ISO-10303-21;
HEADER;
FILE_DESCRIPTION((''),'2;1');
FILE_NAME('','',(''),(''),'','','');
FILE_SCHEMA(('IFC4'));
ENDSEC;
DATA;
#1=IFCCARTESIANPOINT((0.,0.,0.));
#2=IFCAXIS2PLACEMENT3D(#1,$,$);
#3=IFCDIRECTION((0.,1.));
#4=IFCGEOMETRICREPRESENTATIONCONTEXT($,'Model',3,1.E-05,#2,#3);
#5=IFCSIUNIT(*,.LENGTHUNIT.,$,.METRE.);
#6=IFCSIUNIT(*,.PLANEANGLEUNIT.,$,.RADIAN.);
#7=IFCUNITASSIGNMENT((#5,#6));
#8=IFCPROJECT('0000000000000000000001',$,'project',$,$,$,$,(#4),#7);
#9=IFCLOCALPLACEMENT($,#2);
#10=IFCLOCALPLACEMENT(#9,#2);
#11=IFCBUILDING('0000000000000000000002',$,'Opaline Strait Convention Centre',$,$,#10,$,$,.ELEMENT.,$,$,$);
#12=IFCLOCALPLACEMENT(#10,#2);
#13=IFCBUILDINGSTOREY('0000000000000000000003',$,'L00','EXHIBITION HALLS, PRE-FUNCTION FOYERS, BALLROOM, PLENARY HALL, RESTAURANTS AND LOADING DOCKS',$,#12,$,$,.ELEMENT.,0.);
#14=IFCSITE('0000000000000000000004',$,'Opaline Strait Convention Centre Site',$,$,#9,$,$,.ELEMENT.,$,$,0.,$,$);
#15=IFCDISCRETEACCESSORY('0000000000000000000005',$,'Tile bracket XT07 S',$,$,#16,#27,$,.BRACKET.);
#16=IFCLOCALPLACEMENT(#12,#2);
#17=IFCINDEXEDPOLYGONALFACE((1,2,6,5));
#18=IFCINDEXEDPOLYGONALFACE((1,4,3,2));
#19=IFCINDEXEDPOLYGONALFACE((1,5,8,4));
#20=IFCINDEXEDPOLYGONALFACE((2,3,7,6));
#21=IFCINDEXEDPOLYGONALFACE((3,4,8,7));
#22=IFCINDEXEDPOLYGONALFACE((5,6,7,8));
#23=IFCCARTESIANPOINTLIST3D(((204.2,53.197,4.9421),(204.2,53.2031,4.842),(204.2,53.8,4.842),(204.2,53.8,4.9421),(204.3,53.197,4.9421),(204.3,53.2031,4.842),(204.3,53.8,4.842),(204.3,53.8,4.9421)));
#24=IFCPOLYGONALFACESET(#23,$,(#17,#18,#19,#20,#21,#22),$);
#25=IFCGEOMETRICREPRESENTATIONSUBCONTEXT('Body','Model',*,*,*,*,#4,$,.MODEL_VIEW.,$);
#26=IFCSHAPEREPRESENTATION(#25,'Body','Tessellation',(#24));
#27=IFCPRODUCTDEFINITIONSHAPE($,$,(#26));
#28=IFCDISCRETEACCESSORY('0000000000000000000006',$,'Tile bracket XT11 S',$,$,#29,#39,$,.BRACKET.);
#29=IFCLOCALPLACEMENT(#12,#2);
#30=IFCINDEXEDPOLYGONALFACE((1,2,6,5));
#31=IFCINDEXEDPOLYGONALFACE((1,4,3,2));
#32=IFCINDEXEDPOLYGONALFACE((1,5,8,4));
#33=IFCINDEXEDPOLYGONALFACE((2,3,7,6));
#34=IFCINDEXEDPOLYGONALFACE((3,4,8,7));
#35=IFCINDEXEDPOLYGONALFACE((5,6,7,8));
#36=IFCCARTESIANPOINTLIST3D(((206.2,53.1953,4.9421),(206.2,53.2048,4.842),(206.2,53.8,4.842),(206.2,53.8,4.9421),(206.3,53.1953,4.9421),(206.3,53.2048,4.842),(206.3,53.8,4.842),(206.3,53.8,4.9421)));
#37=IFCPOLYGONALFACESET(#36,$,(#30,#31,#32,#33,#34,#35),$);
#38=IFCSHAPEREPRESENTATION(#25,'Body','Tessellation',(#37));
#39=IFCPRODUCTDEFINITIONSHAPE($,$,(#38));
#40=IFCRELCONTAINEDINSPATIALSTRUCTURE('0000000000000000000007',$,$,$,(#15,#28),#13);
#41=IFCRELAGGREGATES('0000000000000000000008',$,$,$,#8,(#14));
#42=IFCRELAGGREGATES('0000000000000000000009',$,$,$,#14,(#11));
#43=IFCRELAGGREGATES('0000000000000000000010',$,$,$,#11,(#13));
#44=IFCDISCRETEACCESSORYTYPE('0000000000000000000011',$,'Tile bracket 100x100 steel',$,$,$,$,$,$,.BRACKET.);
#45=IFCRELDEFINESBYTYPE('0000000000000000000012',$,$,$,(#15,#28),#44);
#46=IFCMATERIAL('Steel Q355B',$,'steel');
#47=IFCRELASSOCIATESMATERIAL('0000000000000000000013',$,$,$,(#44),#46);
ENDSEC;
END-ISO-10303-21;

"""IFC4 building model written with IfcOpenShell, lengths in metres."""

from ifc_helpers import new_model, si_unit, direction, frame, origin, place, context, subcontext, project, spatial, polyline, outline, extrude, material, type_object, element, save


model = new_model("IFC4")

# Units and contexts
model_context = context("Model", 3, precision=1e-05, world=origin(), true_north=direction((0.0, 1.0)))
body_context = subcontext(model_context, "Body", "Model", "MODEL_VIEW")
ifc_project = project(units=[si_unit("LENGTHUNIT", "METRE"), si_unit("PLANEANGLEUNIT", "RADIAN")], contexts=[model_context])

# Site, building, storey
site_placement = place(None, origin())
site = spatial("IfcSite", under=ifc_project, at=site_placement, Name="Opaline Strait Convention Centre Site", CompositionType="ELEMENT", RefElevation=0.0)
building_placement = place(site_placement, origin())
building = spatial("IfcBuilding", under=site, at=building_placement, Name="Opaline Strait Convention Centre", CompositionType="ELEMENT")
storey_placement = place(building_placement, origin())
storey = spatial("IfcBuildingStorey", under=building, at=storey_placement, Name="L00", Description="EXHIBITION HALLS, PRE-FUNCTION FOYERS, BALLROOM, PLENARY HALL, RESTAURANTS AND LOADING DOCKS", CompositionType="ELEMENT", Elevation=0.0)

# Shared definitions
ifc_material_1 = material(Name="Steel Q355B", Category="steel")

# Discrete accessories
discrete_accessory_type = type_object("IfcDiscreteAccessoryType", Name="Tile bracket 100x100 steel", PredefinedType="BRACKET", material=ifc_material_1)
discrete_accessory_1_placement = place(storey_placement, frame((204.2, 53.8, 4.8921), z_axis=(1.0, 0.0, 0.0), x_axis=(0.0, 1.0, 0.0)))
element("IfcDiscreteAccessory", 1, at=discrete_accessory_1_placement, inside=storey, type_object=discrete_accessory_type, Name="Tile bracket XT07 S", PredefinedType="BRACKET", context=body_context, shape_type="SweptSolid", body=[
    extrude(outline(polyline([(0.0, -0.05), (0.0, 0.05), (-0.603, 0.05), (-0.5969, -0.05), (0.0, -0.05)])), origin(), (0.0, 0.0, 1.0), 0.1001),
])
discrete_accessory_2_placement = place(storey_placement, frame((206.2, 53.8, 4.8921), z_axis=(1.0, 0.0, 0.0), x_axis=(0.0, 1.0, 0.0)))
element("IfcDiscreteAccessory", 2, at=discrete_accessory_2_placement, inside=storey, type_object=discrete_accessory_type, Name="Tile bracket XT11 S", PredefinedType="BRACKET", context=body_context, shape_type="SweptSolid", body=[
    extrude(outline(polyline([(0.0, -0.05), (0.0, 0.05), (-0.6047, 0.05), (-0.5952, -0.05), (0.0, -0.05)])), origin(), (0.0, 0.0, 1.0), 0.1001),
])

save(model, "model.ifc")
